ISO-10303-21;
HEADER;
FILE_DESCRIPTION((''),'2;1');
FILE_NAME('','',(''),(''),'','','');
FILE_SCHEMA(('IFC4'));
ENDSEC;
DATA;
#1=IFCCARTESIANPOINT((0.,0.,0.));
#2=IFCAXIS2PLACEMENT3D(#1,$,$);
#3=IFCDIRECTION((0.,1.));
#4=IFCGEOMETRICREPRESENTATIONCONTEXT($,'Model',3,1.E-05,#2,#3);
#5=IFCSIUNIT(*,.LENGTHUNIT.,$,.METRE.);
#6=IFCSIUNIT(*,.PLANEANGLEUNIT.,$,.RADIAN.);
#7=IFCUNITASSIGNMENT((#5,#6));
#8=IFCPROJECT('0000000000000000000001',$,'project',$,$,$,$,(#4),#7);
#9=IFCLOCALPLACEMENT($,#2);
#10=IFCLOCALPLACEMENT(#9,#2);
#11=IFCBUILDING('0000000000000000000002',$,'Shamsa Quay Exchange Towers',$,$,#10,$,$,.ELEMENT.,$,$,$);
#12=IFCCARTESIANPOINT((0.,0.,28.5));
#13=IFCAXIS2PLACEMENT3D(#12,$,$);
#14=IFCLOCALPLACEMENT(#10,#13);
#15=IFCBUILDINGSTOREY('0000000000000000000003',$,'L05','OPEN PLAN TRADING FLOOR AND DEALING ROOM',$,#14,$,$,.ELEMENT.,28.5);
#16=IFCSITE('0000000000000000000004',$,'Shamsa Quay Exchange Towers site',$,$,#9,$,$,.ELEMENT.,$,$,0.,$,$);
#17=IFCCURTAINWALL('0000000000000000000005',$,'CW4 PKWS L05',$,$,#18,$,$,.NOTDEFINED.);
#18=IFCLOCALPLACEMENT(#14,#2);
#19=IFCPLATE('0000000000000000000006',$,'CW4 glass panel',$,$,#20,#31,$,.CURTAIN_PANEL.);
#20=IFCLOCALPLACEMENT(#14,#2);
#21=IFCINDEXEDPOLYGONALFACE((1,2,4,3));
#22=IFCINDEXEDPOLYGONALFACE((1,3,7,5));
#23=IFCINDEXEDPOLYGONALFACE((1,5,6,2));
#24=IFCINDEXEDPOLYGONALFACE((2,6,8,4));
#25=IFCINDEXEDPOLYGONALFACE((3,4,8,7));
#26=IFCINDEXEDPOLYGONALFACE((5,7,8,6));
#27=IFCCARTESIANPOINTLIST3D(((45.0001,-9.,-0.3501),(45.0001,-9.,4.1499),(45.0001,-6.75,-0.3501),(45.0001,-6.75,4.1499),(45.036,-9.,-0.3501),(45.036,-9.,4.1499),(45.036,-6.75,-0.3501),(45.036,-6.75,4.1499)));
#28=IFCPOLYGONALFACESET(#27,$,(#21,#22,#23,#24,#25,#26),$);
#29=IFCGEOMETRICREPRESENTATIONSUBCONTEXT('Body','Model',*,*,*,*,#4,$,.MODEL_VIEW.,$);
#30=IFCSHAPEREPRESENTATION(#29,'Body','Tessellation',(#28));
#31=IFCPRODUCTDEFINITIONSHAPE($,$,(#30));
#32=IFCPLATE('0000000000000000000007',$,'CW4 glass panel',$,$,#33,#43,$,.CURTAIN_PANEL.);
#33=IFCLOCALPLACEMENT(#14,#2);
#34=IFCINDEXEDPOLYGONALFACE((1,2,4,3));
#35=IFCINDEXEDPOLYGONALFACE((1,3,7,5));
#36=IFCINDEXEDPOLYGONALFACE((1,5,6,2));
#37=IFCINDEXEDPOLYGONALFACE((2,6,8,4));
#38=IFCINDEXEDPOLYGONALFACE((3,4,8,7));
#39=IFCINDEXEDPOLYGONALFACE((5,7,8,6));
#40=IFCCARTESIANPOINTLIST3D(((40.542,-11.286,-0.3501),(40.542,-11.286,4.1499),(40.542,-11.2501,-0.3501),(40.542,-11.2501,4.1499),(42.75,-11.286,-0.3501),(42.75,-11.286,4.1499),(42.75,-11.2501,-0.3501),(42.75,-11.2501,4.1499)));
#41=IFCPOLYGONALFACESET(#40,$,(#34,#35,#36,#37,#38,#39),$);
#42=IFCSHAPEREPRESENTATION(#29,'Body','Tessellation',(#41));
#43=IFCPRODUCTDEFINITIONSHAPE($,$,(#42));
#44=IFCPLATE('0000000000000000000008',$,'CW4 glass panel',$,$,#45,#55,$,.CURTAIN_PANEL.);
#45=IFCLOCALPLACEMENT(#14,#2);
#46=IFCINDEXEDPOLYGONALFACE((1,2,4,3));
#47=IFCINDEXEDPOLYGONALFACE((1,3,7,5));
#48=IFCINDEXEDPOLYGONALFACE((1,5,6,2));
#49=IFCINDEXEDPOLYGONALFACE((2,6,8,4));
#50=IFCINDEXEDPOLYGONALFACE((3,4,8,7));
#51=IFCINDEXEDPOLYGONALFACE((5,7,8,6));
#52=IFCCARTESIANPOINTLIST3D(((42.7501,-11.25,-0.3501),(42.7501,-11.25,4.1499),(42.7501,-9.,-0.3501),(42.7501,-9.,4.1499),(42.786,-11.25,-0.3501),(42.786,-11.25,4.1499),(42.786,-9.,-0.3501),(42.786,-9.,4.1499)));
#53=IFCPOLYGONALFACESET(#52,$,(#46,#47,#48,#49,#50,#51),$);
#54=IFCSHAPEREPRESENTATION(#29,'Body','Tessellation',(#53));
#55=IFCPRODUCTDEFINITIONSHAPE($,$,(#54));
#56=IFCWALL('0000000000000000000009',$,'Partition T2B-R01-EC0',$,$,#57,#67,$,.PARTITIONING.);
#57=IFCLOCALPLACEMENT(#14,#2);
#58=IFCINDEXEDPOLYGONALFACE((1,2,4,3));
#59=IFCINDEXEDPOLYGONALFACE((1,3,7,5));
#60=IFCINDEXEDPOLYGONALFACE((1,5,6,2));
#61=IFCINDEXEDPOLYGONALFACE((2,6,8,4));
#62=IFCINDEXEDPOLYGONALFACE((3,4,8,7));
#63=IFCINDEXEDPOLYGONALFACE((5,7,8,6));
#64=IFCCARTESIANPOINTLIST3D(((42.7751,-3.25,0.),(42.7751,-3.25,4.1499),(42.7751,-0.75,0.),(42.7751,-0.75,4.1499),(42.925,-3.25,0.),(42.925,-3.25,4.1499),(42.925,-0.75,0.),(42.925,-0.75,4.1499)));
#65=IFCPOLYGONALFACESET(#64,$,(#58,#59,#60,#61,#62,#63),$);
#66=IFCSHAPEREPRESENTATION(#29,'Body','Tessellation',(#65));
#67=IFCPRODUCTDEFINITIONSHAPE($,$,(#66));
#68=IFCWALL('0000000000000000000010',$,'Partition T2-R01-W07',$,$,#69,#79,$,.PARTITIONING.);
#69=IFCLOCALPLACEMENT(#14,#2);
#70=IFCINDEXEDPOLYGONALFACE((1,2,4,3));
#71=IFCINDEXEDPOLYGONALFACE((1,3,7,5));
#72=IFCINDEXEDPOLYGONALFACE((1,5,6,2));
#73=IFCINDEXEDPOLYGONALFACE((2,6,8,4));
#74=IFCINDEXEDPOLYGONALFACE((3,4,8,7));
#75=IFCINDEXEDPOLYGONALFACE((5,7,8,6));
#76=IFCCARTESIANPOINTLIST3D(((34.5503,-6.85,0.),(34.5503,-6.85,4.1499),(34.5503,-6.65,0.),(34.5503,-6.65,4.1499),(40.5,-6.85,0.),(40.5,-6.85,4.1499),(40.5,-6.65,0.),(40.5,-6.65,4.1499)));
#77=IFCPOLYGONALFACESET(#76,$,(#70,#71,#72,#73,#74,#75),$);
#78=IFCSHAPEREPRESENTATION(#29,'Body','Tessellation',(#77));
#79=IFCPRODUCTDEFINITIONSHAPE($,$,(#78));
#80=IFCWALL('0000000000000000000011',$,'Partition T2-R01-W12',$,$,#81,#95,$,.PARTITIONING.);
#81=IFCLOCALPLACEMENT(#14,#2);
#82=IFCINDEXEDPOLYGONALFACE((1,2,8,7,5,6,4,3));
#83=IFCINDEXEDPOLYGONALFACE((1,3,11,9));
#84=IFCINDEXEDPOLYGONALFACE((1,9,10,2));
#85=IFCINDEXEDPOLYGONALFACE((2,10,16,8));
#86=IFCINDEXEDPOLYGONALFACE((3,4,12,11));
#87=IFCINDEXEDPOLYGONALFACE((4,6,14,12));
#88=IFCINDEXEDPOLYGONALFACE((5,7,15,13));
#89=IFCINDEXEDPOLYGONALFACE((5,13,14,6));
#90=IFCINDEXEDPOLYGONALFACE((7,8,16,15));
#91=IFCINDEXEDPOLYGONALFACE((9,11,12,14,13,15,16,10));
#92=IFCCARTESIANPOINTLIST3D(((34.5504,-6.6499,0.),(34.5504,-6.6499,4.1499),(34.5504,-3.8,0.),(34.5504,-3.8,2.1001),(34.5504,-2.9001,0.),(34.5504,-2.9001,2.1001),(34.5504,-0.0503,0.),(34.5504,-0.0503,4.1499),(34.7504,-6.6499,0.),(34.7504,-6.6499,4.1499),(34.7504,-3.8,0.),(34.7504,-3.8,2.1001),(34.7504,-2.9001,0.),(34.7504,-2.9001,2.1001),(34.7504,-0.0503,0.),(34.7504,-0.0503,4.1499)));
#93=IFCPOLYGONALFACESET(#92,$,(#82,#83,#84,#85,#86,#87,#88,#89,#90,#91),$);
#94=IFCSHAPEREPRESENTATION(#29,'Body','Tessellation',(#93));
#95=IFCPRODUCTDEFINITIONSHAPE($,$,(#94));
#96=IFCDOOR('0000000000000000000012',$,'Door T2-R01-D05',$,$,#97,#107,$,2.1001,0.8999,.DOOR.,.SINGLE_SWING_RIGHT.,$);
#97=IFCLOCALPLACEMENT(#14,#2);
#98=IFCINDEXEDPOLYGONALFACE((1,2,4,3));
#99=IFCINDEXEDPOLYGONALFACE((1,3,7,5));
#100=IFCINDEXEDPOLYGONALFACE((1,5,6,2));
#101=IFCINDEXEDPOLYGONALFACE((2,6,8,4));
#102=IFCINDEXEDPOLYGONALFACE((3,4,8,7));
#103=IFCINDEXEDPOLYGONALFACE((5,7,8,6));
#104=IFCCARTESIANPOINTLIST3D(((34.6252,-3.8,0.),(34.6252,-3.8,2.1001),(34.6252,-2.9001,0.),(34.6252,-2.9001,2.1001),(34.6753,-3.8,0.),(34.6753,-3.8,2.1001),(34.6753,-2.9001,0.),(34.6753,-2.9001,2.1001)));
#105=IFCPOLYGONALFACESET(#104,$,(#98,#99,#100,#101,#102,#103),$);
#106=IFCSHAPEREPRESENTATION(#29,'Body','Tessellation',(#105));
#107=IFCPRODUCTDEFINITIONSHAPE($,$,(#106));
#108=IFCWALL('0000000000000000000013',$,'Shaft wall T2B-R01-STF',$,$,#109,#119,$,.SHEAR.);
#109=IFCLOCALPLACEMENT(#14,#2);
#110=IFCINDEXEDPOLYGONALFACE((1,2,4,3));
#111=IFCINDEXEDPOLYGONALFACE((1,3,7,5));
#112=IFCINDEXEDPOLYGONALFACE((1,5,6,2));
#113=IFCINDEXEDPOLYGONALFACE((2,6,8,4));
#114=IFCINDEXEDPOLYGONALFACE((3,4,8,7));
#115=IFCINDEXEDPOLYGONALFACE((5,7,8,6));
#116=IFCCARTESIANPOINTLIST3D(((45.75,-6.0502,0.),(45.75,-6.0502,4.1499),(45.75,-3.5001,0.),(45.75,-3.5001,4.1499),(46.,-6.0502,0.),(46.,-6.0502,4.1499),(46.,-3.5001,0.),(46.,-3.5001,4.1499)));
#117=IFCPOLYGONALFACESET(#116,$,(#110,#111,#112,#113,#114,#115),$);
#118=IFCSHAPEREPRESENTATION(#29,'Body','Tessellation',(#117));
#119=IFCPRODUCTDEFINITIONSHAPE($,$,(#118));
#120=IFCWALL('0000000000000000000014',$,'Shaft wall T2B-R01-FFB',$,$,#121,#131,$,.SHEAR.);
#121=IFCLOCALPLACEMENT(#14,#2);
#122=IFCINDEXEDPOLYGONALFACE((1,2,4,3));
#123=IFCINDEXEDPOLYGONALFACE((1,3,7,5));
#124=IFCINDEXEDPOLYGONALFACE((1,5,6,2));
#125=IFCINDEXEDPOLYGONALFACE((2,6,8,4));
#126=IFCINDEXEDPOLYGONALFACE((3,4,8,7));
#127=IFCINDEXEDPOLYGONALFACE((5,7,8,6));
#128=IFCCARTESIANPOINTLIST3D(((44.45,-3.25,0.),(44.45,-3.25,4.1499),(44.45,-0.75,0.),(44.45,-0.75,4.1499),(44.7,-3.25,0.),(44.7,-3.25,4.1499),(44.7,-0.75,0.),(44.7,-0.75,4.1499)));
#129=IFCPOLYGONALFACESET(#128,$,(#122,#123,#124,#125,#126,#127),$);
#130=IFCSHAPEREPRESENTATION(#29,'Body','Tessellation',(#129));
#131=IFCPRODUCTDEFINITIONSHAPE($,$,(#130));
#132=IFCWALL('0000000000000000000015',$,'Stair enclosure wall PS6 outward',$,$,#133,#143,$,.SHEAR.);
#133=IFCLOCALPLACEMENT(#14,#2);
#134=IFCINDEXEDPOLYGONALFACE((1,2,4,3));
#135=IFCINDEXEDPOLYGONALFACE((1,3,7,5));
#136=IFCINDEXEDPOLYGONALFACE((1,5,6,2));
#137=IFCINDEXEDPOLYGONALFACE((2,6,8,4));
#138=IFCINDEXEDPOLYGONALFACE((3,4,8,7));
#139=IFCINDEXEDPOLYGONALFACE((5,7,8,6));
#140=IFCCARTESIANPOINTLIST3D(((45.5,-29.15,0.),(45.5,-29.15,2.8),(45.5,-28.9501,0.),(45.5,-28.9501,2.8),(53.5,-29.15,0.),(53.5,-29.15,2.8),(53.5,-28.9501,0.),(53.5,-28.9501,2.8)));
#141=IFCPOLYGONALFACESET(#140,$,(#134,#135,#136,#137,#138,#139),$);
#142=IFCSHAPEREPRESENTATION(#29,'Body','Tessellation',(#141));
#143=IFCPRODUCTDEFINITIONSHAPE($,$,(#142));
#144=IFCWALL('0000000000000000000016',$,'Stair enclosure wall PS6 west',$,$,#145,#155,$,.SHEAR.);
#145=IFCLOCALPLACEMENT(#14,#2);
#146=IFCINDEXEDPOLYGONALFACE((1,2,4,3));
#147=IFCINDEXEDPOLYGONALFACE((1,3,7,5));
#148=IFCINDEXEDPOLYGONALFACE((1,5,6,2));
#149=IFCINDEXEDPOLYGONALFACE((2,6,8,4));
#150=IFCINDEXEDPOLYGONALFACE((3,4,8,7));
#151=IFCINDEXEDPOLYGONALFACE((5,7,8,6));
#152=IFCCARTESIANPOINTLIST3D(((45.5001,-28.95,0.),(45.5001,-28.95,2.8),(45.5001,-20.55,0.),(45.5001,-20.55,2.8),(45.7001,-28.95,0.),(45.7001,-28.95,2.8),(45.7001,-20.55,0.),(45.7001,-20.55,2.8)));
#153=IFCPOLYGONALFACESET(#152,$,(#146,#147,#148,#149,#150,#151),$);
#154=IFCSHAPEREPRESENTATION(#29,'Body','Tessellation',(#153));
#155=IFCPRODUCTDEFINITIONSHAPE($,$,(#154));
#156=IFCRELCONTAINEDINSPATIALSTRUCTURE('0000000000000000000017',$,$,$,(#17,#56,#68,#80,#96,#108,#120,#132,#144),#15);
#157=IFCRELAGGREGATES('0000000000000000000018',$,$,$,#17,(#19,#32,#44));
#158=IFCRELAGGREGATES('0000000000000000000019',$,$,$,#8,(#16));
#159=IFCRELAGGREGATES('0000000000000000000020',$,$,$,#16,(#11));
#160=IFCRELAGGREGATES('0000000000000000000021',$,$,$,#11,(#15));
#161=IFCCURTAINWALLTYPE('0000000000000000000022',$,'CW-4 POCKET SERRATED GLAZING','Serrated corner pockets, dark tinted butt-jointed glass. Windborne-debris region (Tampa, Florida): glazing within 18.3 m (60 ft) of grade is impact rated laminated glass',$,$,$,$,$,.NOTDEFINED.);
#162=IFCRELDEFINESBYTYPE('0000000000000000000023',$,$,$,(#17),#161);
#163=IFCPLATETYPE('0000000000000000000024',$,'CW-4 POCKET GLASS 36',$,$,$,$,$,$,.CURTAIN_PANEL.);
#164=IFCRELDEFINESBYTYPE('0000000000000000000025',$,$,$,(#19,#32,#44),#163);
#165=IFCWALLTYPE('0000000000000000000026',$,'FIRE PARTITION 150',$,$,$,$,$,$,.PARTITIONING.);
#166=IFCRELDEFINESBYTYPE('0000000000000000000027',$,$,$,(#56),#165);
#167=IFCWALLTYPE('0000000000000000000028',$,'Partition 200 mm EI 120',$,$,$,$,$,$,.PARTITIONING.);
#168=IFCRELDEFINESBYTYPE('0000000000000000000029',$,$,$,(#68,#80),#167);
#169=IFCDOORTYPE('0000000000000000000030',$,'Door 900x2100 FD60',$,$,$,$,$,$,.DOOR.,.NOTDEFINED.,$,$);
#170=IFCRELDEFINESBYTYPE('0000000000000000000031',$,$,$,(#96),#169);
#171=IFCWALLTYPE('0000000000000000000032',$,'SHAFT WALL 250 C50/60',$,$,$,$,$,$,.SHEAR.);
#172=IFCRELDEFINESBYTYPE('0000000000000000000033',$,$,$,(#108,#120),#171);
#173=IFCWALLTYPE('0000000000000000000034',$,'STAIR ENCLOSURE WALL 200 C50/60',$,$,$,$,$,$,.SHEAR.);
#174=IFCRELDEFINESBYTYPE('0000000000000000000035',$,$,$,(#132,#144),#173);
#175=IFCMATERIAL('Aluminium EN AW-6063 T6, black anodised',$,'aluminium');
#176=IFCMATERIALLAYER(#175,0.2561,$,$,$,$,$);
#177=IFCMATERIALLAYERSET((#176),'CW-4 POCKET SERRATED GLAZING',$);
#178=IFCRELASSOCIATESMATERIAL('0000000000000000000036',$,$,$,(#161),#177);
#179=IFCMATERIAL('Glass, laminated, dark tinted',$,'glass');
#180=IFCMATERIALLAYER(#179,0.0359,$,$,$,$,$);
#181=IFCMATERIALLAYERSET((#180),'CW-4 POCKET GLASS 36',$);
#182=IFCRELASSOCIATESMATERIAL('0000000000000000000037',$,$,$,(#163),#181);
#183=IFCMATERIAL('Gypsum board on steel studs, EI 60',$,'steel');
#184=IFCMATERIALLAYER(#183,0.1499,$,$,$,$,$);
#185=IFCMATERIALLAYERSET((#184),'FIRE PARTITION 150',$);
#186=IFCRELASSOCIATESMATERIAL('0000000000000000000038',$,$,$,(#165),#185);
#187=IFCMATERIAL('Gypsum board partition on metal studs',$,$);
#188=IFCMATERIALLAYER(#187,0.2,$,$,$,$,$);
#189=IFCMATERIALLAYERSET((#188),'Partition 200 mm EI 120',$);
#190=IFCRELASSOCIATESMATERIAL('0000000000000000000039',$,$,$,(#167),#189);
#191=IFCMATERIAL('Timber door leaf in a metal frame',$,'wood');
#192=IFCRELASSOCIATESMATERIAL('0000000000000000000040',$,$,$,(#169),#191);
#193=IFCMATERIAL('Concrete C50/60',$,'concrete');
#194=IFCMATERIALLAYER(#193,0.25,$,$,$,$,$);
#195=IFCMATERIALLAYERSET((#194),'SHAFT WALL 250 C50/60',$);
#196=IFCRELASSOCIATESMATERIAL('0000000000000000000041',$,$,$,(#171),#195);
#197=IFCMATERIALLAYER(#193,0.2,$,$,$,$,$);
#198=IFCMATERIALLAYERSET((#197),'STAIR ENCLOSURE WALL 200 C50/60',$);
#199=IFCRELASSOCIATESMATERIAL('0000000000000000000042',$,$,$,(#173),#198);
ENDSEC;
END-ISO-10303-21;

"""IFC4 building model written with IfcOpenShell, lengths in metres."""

from ifc_helpers import new_model, si_unit, direction, frame, frame_2d, origin, origin_2d, place, context, subcontext, project, spatial, rectangle, extrude, material, layer, layer_set, type_object, element, fill, aggregate, save


model = new_model("IFC4")

# Units and contexts
model_context = context("Model", 3, precision=1e-05, world=origin(), true_north=direction((0.0, 1.0)))
body_context = subcontext(model_context, "Body", "Model", "MODEL_VIEW")
ifc_project = project(units=[si_unit("LENGTHUNIT", "METRE"), si_unit("PLANEANGLEUNIT", "RADIAN")], contexts=[model_context])

# Site, building, storey
site_placement = place(None, origin())
site = spatial("IfcSite", under=ifc_project, at=site_placement, Name="Shamsa Quay Exchange Towers site", CompositionType="ELEMENT", RefElevation=0.0)
building_placement = place(site_placement, origin())
building = spatial("IfcBuilding", under=site, at=building_placement, Name="Shamsa Quay Exchange Towers", CompositionType="ELEMENT")
storey_placement = place(building_placement, frame((0.0, 0.0, 28.5)))
storey = spatial("IfcBuildingStorey", under=building, at=storey_placement, Name="L05", Description="OPEN PLAN TRADING FLOOR AND DEALING ROOM", CompositionType="ELEMENT", Elevation=28.5)

# Shared definitions
ifc_material_1 = material(Name="Aluminium EN AW-6063 T6, black anodised", Category="aluminium")

# Shared definitions
ifc_material_2 = material(Name="Glass, laminated, dark tinted", Category="glass")

# Curtain wall, plates
ifc_layer_1 = layer(ifc_material_1, 0.2561)
ifc_layer_set_1 = layer_set([ifc_layer_1], Name="CW-4 POCKET SERRATED GLAZING")
curtain_wall_type_1 = type_object("IfcCurtainWallType", Name="CW-4 POCKET SERRATED GLAZING", Description="Serrated corner pockets, dark tinted butt-jointed glass. Windborne-debris region (Tampa, Florida): glazing within 18.3 m (60 ft) of grade is impact rated laminated glass", PredefinedType="NOTDEFINED", material=ifc_layer_set_1)
curtain_wall_1_placement = place(storey_placement, origin())
curtain_wall_1 = element("IfcCurtainWall", 1, at=curtain_wall_1_placement, inside=storey, type_object=curtain_wall_type_1, Name="CW4 PKWS L05", PredefinedType="NOTDEFINED")
ifc_layer_2 = layer(ifc_material_2, 0.0359)
ifc_layer_set_2 = layer_set([ifc_layer_2], Name="CW-4 POCKET GLASS 36")
plate_type_1 = type_object("IfcPlateType", Name="CW-4 POCKET GLASS 36", PredefinedType="CURTAIN_PANEL", material=ifc_layer_set_2)
plate_1_placement = place(storey_placement, frame((45.0181, -7.875, -0.3501), z_axis=(0.0, 0.0, 1.0), x_axis=(0.0, 1.0, 0.0)))
plate_1 = element("IfcPlate", 2, at=plate_1_placement, type_object=plate_type_1, Name="CW4 glass panel", PredefinedType="CURTAIN_PANEL", context=body_context, shape_type="SweptSolid", body=[
    extrude(rectangle(XDim=2.25, YDim=0.0359, at=origin_2d()), origin(), (0.0, 0.0, 1.0), 4.5),
])
plate_2_placement = place(storey_placement, frame((41.646, -11.2681, -0.3501)))
plate_2 = element("IfcPlate", 3, at=plate_2_placement, type_object=plate_type_1, Name="CW4 glass panel", PredefinedType="CURTAIN_PANEL", context=body_context, shape_type="SweptSolid", body=[
    extrude(rectangle(XDim=2.208, YDim=0.0359, at=origin_2d()), origin(), (0.0, 0.0, 1.0), 4.5),
])
plate_3_placement = place(storey_placement, frame((42.7681, -10.125, -0.3501), z_axis=(0.0, 0.0, 1.0), x_axis=(0.0, 1.0, 0.0)))
plate_3 = element("IfcPlate", 4, at=plate_3_placement, type_object=plate_type_1, Name="CW4 glass panel", PredefinedType="CURTAIN_PANEL", context=body_context, shape_type="SweptSolid", body=[
    extrude(rectangle(XDim=2.25, YDim=0.0359, at=origin_2d()), origin(), (0.0, 0.0, 1.0), 4.5),
])
aggregate(curtain_wall_1, [plate_1, plate_2, plate_3])

# Wall
ifc_material_3 = material(Name="Gypsum board on steel studs, EI 60", Category="steel")
ifc_layer_3 = layer(ifc_material_3, 0.1499)
ifc_layer_set_3 = layer_set([ifc_layer_3], Name="FIRE PARTITION 150")
wall_type_1 = type_object("IfcWallType", Name="FIRE PARTITION 150", PredefinedType="PARTITIONING", material=ifc_layer_set_3)
wall_1_placement = place(storey_placement, frame((42.8501, -3.25, 0.0), z_axis=(0.0, 0.0, 1.0), x_axis=(0.0, 1.0, 0.0)))
element("IfcWall", 5, at=wall_1_placement, inside=storey, type_object=wall_type_1, Name="Partition T2B-R01-EC0", PredefinedType="PARTITIONING", context=body_context, shape_type="SweptSolid", body=[
    extrude(rectangle(XDim=2.5, YDim=0.1499, at=frame_2d((1.25, 0.0))), origin(), (0.0, 0.0, 1.0), 4.1499),
])

# Shared definitions
ifc_material_4 = material(Name="Gypsum board partition on metal studs")
ifc_material_5 = material(Name="Timber door leaf in a metal frame", Category="wood")

# Wall
ifc_layer_4 = layer(ifc_material_4, 0.2)
ifc_layer_set_4 = layer_set([ifc_layer_4], Name="Partition 200 mm EI 120")
wall_type_2 = type_object("IfcWallType", Name="Partition 200 mm EI 120", PredefinedType="PARTITIONING", material=ifc_layer_set_4)
wall_2_placement = place(storey_placement, frame((34.5503, -6.75, 0.0)))
element("IfcWall", 6, at=wall_2_placement, inside=storey, type_object=wall_type_2, Name="Partition T2-R01-W07", PredefinedType="PARTITIONING", context=body_context, shape_type="SweptSolid", body=[
    extrude(rectangle(XDim=5.9497, YDim=0.2, at=frame_2d((2.9749, 0.0))), origin(), (0.0, 0.0, 1.0), 4.1499),
])

# Wall, opening, door
wall_3_placement = place(storey_placement, frame((34.6504, -0.0503, 0.0), z_axis=(0.0, 0.0, 1.0), x_axis=(0.0, -1.0, 0.0)))
wall_3 = element("IfcWall", 7, at=wall_3_placement, inside=storey, type_object=wall_type_2, Name="Partition T2-R01-W12", PredefinedType="PARTITIONING", context=body_context, shape_type="SweptSolid", body=[
    extrude(rectangle(XDim=6.5996, YDim=0.2, at=frame_2d((3.2998, 0.0))), origin(), (0.0, 0.0, 1.0), 4.1499),
])
opening_1_placement = place(wall_3_placement, frame((2.8499, 0.0, 0.0)))
opening_1 = element("IfcOpeningElement", 8, at=opening_1_placement, cuts=wall_3, PredefinedType="OPENING", context=body_context, shape_type="SweptSolid", body=[
    extrude(rectangle(XDim=0.8999, YDim=2.1001, at=frame_2d((0.45, 1.05))), frame((0.0, 0.1099, 0.0), z_axis=(0.0, -1.0, 0.0), x_axis=(1.0, 0.0, 0.0)), (0.0, 0.0, 1.0), 0.22),
])
door_type_1 = type_object("IfcDoorType", Name="Door 900x2100 FD60", OperationType="NOTDEFINED", PredefinedType="DOOR", material=ifc_material_5)
door_1_placement = place(opening_1_placement, origin())
door_1 = element("IfcDoor", 9, at=door_1_placement, inside=storey, type_object=door_type_1, Name="Door T2-R01-D05", OperationType="SINGLE_SWING_RIGHT", OverallHeight=2.1001, OverallWidth=0.8999, PredefinedType="DOOR", context=body_context, shape_type="SweptSolid", body=[
    extrude(rectangle(XDim=0.8999, YDim=2.1001, at=frame_2d((0.45, 1.05))), frame((0.0, 0.0249, 0.0), z_axis=(0.0, -1.0, 0.0), x_axis=(1.0, 0.0, 0.0)), (0.0, 0.0, 1.0), 0.05),
])
fill(opening_1, door_1)

# Walls
ifc_material_6 = material(Name="Concrete C50/60", Category="concrete")
ifc_layer_5 = layer(ifc_material_6, 0.25)
ifc_layer_set_5 = layer_set([ifc_layer_5], Name="SHAFT WALL 250 C50/60")
wall_type_3 = type_object("IfcWallType", Name="SHAFT WALL 250 C50/60", PredefinedType="SHEAR", material=ifc_layer_set_5)
wall_4_placement = place(storey_placement, frame((45.875, -6.05, 0.0), z_axis=(0.0, 0.0, 1.0), x_axis=(0.0, 1.0, 0.0)))
element("IfcWall", 10, at=wall_4_placement, inside=storey, type_object=wall_type_3, Name="Shaft wall T2B-R01-STF", PredefinedType="SHEAR", context=body_context, shape_type="SweptSolid", body=[
    extrude(rectangle(XDim=2.55, YDim=0.25, at=frame_2d((1.2749, 0.0))), origin(), (0.0, 0.0, 1.0), 4.1499),
])
wall_5_placement = place(storey_placement, frame((44.575, -3.25, 0.0), z_axis=(0.0, 0.0, 1.0), x_axis=(0.0, 1.0, 0.0)))
element("IfcWall", 11, at=wall_5_placement, inside=storey, type_object=wall_type_3, Name="Shaft wall T2B-R01-FFB", PredefinedType="SHEAR", context=body_context, shape_type="SweptSolid", body=[
    extrude(rectangle(XDim=2.5, YDim=0.25, at=frame_2d((1.25, 0.0))), origin(), (0.0, 0.0, 1.0), 4.1499),
])
ifc_layer_6 = layer(ifc_material_6, 0.2)
ifc_layer_set_6 = layer_set([ifc_layer_6], Name="STAIR ENCLOSURE WALL 200 C50/60")
wall_type_4 = type_object("IfcWallType", Name="STAIR ENCLOSURE WALL 200 C50/60", PredefinedType="SHEAR", material=ifc_layer_set_6)
wall_6_placement = place(storey_placement, frame((45.5, -29.05, 0.0)))
element("IfcWall", 12, at=wall_6_placement, inside=storey, type_object=wall_type_4, Name="Stair enclosure wall PS6 outward", PredefinedType="SHEAR", context=body_context, shape_type="SweptSolid", body=[
    extrude(rectangle(XDim=8.0, YDim=0.2, at=frame_2d((4.0, 0.0))), origin(), (0.0, 0.0, 1.0), 2.8),
])
wall_7_placement = place(storey_placement, frame((45.6001, -28.95, 0.0), z_axis=(0.0, 0.0, 1.0), x_axis=(0.0, 1.0, 0.0)))
element("IfcWall", 13, at=wall_7_placement, inside=storey, type_object=wall_type_4, Name="Stair enclosure wall PS6 west", PredefinedType="SHEAR", context=body_context, shape_type="SweptSolid", body=[
    extrude(rectangle(XDim=8.3999, YDim=0.2, at=frame_2d((4.2, 0.0))), origin(), (0.0, 0.0, 1.0), 2.8),
])

save(model, "model.ifc")
